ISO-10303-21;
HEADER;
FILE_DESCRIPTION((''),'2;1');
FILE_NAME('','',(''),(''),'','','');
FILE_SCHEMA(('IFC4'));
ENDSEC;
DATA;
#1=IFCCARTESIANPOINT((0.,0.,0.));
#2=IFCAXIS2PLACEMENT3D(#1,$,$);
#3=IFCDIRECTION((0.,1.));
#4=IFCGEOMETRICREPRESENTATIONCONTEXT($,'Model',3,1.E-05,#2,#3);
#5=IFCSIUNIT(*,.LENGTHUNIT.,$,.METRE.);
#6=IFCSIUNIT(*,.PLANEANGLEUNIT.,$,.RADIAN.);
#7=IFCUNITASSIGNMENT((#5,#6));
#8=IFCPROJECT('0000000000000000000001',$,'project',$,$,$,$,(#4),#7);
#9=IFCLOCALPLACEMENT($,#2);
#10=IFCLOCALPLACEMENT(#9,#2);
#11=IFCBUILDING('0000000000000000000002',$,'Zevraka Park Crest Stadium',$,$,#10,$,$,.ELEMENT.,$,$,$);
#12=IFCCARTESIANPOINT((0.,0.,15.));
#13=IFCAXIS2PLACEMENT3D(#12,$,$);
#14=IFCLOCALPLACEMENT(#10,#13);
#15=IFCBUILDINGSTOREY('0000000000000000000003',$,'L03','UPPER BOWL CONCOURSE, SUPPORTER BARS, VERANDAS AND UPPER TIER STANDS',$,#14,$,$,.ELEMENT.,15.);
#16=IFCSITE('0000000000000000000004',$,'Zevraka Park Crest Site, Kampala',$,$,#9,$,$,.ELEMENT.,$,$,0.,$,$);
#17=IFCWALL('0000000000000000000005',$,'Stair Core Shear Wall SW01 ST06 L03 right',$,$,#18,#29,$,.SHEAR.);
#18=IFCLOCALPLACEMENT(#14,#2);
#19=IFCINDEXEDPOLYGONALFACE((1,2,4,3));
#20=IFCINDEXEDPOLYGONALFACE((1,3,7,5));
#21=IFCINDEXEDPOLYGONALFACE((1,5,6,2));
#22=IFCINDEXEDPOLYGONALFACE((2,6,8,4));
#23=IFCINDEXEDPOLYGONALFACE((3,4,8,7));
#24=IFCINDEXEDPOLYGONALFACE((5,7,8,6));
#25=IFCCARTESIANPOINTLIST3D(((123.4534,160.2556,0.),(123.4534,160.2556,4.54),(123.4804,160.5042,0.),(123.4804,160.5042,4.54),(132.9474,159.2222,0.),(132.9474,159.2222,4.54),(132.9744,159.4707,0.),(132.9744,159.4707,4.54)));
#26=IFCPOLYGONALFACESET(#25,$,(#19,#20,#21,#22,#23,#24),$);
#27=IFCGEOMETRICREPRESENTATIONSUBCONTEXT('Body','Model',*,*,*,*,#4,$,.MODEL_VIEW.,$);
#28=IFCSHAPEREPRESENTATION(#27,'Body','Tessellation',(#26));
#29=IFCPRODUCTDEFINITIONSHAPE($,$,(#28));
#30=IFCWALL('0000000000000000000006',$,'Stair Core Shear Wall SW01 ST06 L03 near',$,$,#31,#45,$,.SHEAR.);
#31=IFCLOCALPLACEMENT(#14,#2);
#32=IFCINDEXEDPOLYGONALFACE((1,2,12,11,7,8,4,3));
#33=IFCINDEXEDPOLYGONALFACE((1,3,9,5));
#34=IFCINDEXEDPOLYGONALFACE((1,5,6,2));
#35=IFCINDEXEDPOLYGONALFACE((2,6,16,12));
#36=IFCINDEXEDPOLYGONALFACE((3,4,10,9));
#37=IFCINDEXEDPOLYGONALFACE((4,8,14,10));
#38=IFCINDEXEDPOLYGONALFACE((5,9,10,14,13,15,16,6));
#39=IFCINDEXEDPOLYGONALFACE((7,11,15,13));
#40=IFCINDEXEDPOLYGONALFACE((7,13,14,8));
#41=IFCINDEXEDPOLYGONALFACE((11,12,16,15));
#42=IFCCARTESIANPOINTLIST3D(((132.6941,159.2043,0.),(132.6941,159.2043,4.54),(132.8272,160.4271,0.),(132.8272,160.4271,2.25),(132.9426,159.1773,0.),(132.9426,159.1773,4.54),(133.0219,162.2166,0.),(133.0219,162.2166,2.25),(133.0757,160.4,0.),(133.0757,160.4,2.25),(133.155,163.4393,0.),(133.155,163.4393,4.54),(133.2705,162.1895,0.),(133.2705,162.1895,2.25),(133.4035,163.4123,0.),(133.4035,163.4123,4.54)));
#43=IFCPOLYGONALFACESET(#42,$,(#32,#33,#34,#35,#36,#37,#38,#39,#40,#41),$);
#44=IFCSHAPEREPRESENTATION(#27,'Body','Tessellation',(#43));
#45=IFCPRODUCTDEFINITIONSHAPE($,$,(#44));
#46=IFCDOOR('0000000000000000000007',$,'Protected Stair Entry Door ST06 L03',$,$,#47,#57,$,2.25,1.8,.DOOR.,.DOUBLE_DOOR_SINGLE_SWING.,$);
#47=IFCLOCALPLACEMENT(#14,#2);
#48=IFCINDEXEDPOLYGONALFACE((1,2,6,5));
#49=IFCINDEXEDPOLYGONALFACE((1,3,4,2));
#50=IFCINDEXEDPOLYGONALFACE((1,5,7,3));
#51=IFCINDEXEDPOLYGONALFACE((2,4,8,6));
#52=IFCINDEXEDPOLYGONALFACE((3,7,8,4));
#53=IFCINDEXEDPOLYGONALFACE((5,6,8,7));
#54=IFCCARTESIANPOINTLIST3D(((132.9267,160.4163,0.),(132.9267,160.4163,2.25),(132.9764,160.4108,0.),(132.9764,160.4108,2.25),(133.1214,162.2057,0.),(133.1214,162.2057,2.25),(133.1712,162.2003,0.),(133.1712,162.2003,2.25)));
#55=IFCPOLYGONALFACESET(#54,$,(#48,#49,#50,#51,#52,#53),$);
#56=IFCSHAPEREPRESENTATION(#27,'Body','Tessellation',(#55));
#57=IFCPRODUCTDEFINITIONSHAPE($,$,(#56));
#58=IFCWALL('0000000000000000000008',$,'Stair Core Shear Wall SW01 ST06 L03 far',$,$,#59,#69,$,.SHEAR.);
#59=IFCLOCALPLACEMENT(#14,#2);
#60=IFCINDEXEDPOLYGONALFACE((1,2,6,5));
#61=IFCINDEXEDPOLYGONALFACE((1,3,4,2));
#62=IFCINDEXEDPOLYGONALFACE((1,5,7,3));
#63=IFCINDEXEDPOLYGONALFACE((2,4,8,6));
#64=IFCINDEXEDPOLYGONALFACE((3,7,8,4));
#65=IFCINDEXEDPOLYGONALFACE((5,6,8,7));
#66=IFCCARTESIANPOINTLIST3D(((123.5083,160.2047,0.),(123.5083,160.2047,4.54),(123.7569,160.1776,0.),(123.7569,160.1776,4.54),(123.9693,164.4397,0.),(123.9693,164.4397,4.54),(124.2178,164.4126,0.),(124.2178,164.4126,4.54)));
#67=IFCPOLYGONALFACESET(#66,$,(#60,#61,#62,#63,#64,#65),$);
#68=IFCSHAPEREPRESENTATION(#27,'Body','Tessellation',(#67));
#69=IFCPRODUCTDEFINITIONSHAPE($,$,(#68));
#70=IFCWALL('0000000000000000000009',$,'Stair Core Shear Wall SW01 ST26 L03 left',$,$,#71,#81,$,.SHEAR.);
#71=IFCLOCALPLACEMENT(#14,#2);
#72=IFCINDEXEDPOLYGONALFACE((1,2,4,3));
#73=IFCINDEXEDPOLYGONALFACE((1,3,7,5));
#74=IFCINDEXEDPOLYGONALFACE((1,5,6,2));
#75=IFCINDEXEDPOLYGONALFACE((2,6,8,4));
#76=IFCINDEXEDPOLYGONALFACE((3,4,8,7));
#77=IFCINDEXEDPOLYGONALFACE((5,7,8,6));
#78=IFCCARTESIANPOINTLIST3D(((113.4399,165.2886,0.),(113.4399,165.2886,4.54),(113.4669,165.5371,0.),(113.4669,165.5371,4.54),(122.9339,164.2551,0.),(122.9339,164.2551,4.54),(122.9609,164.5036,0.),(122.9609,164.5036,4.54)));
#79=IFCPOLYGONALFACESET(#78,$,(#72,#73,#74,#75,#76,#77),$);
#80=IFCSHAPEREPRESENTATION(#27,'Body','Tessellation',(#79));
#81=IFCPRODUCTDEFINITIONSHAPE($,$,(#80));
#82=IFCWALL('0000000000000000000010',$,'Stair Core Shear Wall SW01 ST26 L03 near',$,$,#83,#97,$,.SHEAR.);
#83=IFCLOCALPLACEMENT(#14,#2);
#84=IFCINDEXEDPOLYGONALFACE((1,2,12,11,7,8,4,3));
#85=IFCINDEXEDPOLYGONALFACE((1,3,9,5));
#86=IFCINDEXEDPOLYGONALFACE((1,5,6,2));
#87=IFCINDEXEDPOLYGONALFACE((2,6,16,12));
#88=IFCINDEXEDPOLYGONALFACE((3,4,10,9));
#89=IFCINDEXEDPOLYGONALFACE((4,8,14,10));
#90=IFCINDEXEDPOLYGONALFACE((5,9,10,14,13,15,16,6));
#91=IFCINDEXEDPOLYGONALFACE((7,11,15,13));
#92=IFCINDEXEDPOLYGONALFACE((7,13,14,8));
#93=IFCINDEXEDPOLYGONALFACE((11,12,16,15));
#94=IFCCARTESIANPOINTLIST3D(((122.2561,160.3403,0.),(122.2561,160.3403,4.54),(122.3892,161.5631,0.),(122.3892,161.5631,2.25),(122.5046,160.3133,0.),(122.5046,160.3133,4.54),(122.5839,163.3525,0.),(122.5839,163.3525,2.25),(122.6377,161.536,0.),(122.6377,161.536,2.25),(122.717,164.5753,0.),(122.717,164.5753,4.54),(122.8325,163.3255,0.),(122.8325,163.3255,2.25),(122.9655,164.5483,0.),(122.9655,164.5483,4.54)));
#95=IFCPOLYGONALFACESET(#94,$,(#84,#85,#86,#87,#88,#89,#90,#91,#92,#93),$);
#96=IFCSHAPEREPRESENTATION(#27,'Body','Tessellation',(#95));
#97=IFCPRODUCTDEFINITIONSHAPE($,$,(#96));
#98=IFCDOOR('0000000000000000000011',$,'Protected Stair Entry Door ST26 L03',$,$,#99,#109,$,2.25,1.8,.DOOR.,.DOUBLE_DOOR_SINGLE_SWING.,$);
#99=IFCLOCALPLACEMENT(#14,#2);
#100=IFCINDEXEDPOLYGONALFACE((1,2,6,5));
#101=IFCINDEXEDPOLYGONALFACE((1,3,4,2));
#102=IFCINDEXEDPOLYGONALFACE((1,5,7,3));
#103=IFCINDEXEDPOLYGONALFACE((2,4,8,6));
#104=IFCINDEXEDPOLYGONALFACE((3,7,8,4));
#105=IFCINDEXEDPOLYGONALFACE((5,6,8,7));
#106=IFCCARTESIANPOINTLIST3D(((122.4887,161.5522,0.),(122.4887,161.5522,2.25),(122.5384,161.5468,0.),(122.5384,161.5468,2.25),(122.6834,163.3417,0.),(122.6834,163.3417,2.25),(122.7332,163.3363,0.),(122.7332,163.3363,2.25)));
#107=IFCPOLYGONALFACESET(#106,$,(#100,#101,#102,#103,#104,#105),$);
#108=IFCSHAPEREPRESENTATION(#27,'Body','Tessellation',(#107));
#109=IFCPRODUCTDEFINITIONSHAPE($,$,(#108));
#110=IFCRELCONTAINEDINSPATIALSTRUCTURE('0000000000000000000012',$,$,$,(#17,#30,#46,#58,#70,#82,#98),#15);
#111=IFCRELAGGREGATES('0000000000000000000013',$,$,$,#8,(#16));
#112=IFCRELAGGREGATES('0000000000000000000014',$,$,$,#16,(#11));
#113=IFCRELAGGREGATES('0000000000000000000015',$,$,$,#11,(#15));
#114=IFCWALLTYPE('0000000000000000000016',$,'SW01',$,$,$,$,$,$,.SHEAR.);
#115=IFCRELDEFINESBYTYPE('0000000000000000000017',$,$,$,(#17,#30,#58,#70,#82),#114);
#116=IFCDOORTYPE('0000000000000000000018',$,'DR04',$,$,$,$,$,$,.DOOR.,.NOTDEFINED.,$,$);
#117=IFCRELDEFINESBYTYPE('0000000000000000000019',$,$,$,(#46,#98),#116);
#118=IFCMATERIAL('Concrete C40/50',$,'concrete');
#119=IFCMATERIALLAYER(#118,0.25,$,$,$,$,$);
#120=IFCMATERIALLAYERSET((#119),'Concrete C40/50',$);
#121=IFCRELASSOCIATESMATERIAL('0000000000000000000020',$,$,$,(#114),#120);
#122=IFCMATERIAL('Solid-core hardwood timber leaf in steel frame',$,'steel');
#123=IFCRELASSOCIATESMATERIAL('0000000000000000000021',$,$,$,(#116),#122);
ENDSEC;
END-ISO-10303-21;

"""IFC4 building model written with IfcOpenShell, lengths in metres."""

from ifc_helpers import new_model, si_unit, direction, frame, frame_2d, origin, place, context, subcontext, project, spatial, rectangle, extrude, material, layer, layer_set, type_object, element, fill, save


model = new_model("IFC4")

# Units and contexts
model_context = context("Model", 3, precision=1e-05, world=origin(), true_north=direction((0.0, 1.0)))
body_context = subcontext(model_context, "Body", "Model", "MODEL_VIEW")
ifc_project = project(units=[si_unit("LENGTHUNIT", "METRE"), si_unit("PLANEANGLEUNIT", "RADIAN")], contexts=[model_context])

# Site, building, storey
site_placement = place(None, origin())
site = spatial("IfcSite", under=ifc_project, at=site_placement, Name="Zevraka Park Crest Site, Kampala", CompositionType="ELEMENT", RefElevation=0.0)
building_placement = place(site_placement, origin())
building = spatial("IfcBuilding", under=site, at=building_placement, Name="Zevraka Park Crest Stadium", CompositionType="ELEMENT")
storey_placement = place(building_placement, frame((0.0, 0.0, 15.0)))
storey = spatial("IfcBuildingStorey", under=building, at=storey_placement, Name="L03", Description="UPPER BOWL CONCOURSE, SUPPORTER BARS, VERANDAS AND UPPER TIER STANDS", CompositionType="ELEMENT", Elevation=15.0)

# Wall
ifc_material_1 = material(Name="Concrete C40/50", Category="concrete")
ifc_layer_1 = layer(ifc_material_1, 0.25)
ifc_layer_set_1 = layer_set([ifc_layer_1], Name="Concrete C40/50")
wall_type = type_object("IfcWallType", Name="SW01", PredefinedType="SHEAR", material=ifc_layer_set_1)
for number, where, z_axis, x_axis, name in (
    (1, (123.467, 160.3799, 0.0), (0.0, 0.0, 1.0), (0.994128, -0.108215, 0.0), "Stair Core Shear Wall SW01 ST06 L03 right"),
):
    element("IfcWall", number, at=place(storey_placement, frame(where, z_axis=z_axis, x_axis=x_axis)), inside=storey, type_object=wall_type, Name=name, PredefinedType="SHEAR", context=body_context, shape_type="SweptSolid", body=[
        extrude(rectangle(XDim=9.55, YDim=0.25, at=frame_2d((4.7749, 0.0))), origin(), (0.0, 0.0, 1.0), 4.54),
    ])

# Wall, opening, door
wall_1_placement = place(storey_placement, frame((132.8184, 159.1909, 0.0), z_axis=(0.0, 0.0, 1.0), x_axis=(0.108198, 0.994129, 0.0)))
wall_1 = element("IfcWall", 2, at=wall_1_placement, inside=storey, type_object=wall_type, Name="Stair Core Shear Wall SW01 ST06 L03 near", PredefinedType="SHEAR", context=body_context, shape_type="SweptSolid", body=[
    extrude(rectangle(XDim=4.26, YDim=0.25, at=frame_2d((2.1299, 0.0))), origin(), (0.0, 0.0, 1.0), 4.54),
])
opening_1_placement = place(wall_1_placement, frame((1.23, 0.0, 0.0)))
opening_1 = element("IfcOpeningElement", 3, at=opening_1_placement, cuts=wall_1, PredefinedType="OPENING", context=body_context, shape_type="SweptSolid", body=[
    extrude(rectangle(XDim=1.8, YDim=2.25, at=frame_2d((0.8999, 1.125))), frame((0.0, 0.135, 0.0), z_axis=(0.0, -1.0, 0.0), x_axis=(1.0, 0.0, 0.0)), (0.0, 0.0, 1.0), 0.27),
])
ifc_material_2 = material(Name="Solid-core hardwood timber leaf in steel frame", Category="steel")
door_type = type_object("IfcDoorType", Name="DR04", OperationType="NOTDEFINED", PredefinedType="DOOR", material=ifc_material_2)
door_1_placement = place(opening_1_placement, origin())
door_1 = element("IfcDoor", 4, at=door_1_placement, inside=storey, type_object=door_type, Name="Protected Stair Entry Door ST06 L03", OperationType="DOUBLE_DOOR_SINGLE_SWING", OverallHeight=2.25, OverallWidth=1.8, PredefinedType="DOOR", context=body_context, shape_type="SweptSolid", body=[
    extrude(rectangle(XDim=1.8, YDim=2.25, at=frame_2d((0.8999, 1.125))), frame((0.0, 0.0249, 0.0), z_axis=(0.0, -1.0, 0.0), x_axis=(1.0, 0.0, 0.0)), (0.0, 0.0, 1.0), 0.05),
])
fill(opening_1, door_1)

# Walls
wall_2_placement = place(storey_placement, frame((124.0935, 164.426, 0.0), z_axis=(0.0, 0.0, 1.0), x_axis=(-0.108198, -0.994129, 0.0)))
element("IfcWall", 5, at=wall_2_placement, inside=storey, type_object=wall_type, Name="Stair Core Shear Wall SW01 ST06 L03 far", PredefinedType="SHEAR", context=body_context, shape_type="SweptSolid", body=[
    extrude(rectangle(XDim=4.26, YDim=0.25, at=frame_2d((2.1299, 0.0))), origin(), (0.0, 0.0, 1.0), 4.54),
])
wall_3_placement = place(storey_placement, frame((122.9473, 164.3794, 0.0), z_axis=(0.0, 0.0, 1.0), x_axis=(-0.994128, 0.108215, 0.0)))
element("IfcWall", 6, at=wall_3_placement, inside=storey, type_object=wall_type, Name="Stair Core Shear Wall SW01 ST26 L03 left", PredefinedType="SHEAR", context=body_context, shape_type="SweptSolid", body=[
    extrude(rectangle(XDim=9.55, YDim=0.25, at=frame_2d((4.7749, 0.0))), origin(), (0.0, 0.0, 1.0), 4.54),
])

# Wall, opening, door
wall_4_placement = place(storey_placement, frame((122.3804, 160.3269, 0.0), z_axis=(0.0, 0.0, 1.0), x_axis=(0.108198, 0.994129, 0.0)))
wall_4 = element("IfcWall", 7, at=wall_4_placement, inside=storey, type_object=wall_type, Name="Stair Core Shear Wall SW01 ST26 L03 near", PredefinedType="SHEAR", context=body_context, shape_type="SweptSolid", body=[
    extrude(rectangle(XDim=4.26, YDim=0.25, at=frame_2d((2.1299, 0.0))), origin(), (0.0, 0.0, 1.0), 4.54),
])
opening_2_placement = place(wall_4_placement, frame((1.23, 0.0, 0.0)))
opening_2 = element("IfcOpeningElement", 8, at=opening_2_placement, cuts=wall_4, PredefinedType="OPENING", context=body_context, shape_type="SweptSolid", body=[
    extrude(rectangle(XDim=1.8, YDim=2.25, at=frame_2d((0.8999, 1.125))), frame((0.0, 0.135, 0.0), z_axis=(0.0, -1.0, 0.0), x_axis=(1.0, 0.0, 0.0)), (0.0, 0.0, 1.0), 0.27),
])
door_2_placement = place(opening_2_placement, origin())
door_2 = element("IfcDoor", 9, at=door_2_placement, inside=storey, type_object=door_type, Name="Protected Stair Entry Door ST26 L03", OperationType="DOUBLE_DOOR_SINGLE_SWING", OverallHeight=2.25, OverallWidth=1.8, PredefinedType="DOOR", context=body_context, shape_type="SweptSolid", body=[
    extrude(rectangle(XDim=1.8, YDim=2.25, at=frame_2d((0.8999, 1.125))), frame((0.0, 0.0249, 0.0), z_axis=(0.0, -1.0, 0.0), x_axis=(1.0, 0.0, 0.0)), (0.0, 0.0, 1.0), 0.05),
])
fill(opening_2, door_2)

save(model, "model.ifc")
